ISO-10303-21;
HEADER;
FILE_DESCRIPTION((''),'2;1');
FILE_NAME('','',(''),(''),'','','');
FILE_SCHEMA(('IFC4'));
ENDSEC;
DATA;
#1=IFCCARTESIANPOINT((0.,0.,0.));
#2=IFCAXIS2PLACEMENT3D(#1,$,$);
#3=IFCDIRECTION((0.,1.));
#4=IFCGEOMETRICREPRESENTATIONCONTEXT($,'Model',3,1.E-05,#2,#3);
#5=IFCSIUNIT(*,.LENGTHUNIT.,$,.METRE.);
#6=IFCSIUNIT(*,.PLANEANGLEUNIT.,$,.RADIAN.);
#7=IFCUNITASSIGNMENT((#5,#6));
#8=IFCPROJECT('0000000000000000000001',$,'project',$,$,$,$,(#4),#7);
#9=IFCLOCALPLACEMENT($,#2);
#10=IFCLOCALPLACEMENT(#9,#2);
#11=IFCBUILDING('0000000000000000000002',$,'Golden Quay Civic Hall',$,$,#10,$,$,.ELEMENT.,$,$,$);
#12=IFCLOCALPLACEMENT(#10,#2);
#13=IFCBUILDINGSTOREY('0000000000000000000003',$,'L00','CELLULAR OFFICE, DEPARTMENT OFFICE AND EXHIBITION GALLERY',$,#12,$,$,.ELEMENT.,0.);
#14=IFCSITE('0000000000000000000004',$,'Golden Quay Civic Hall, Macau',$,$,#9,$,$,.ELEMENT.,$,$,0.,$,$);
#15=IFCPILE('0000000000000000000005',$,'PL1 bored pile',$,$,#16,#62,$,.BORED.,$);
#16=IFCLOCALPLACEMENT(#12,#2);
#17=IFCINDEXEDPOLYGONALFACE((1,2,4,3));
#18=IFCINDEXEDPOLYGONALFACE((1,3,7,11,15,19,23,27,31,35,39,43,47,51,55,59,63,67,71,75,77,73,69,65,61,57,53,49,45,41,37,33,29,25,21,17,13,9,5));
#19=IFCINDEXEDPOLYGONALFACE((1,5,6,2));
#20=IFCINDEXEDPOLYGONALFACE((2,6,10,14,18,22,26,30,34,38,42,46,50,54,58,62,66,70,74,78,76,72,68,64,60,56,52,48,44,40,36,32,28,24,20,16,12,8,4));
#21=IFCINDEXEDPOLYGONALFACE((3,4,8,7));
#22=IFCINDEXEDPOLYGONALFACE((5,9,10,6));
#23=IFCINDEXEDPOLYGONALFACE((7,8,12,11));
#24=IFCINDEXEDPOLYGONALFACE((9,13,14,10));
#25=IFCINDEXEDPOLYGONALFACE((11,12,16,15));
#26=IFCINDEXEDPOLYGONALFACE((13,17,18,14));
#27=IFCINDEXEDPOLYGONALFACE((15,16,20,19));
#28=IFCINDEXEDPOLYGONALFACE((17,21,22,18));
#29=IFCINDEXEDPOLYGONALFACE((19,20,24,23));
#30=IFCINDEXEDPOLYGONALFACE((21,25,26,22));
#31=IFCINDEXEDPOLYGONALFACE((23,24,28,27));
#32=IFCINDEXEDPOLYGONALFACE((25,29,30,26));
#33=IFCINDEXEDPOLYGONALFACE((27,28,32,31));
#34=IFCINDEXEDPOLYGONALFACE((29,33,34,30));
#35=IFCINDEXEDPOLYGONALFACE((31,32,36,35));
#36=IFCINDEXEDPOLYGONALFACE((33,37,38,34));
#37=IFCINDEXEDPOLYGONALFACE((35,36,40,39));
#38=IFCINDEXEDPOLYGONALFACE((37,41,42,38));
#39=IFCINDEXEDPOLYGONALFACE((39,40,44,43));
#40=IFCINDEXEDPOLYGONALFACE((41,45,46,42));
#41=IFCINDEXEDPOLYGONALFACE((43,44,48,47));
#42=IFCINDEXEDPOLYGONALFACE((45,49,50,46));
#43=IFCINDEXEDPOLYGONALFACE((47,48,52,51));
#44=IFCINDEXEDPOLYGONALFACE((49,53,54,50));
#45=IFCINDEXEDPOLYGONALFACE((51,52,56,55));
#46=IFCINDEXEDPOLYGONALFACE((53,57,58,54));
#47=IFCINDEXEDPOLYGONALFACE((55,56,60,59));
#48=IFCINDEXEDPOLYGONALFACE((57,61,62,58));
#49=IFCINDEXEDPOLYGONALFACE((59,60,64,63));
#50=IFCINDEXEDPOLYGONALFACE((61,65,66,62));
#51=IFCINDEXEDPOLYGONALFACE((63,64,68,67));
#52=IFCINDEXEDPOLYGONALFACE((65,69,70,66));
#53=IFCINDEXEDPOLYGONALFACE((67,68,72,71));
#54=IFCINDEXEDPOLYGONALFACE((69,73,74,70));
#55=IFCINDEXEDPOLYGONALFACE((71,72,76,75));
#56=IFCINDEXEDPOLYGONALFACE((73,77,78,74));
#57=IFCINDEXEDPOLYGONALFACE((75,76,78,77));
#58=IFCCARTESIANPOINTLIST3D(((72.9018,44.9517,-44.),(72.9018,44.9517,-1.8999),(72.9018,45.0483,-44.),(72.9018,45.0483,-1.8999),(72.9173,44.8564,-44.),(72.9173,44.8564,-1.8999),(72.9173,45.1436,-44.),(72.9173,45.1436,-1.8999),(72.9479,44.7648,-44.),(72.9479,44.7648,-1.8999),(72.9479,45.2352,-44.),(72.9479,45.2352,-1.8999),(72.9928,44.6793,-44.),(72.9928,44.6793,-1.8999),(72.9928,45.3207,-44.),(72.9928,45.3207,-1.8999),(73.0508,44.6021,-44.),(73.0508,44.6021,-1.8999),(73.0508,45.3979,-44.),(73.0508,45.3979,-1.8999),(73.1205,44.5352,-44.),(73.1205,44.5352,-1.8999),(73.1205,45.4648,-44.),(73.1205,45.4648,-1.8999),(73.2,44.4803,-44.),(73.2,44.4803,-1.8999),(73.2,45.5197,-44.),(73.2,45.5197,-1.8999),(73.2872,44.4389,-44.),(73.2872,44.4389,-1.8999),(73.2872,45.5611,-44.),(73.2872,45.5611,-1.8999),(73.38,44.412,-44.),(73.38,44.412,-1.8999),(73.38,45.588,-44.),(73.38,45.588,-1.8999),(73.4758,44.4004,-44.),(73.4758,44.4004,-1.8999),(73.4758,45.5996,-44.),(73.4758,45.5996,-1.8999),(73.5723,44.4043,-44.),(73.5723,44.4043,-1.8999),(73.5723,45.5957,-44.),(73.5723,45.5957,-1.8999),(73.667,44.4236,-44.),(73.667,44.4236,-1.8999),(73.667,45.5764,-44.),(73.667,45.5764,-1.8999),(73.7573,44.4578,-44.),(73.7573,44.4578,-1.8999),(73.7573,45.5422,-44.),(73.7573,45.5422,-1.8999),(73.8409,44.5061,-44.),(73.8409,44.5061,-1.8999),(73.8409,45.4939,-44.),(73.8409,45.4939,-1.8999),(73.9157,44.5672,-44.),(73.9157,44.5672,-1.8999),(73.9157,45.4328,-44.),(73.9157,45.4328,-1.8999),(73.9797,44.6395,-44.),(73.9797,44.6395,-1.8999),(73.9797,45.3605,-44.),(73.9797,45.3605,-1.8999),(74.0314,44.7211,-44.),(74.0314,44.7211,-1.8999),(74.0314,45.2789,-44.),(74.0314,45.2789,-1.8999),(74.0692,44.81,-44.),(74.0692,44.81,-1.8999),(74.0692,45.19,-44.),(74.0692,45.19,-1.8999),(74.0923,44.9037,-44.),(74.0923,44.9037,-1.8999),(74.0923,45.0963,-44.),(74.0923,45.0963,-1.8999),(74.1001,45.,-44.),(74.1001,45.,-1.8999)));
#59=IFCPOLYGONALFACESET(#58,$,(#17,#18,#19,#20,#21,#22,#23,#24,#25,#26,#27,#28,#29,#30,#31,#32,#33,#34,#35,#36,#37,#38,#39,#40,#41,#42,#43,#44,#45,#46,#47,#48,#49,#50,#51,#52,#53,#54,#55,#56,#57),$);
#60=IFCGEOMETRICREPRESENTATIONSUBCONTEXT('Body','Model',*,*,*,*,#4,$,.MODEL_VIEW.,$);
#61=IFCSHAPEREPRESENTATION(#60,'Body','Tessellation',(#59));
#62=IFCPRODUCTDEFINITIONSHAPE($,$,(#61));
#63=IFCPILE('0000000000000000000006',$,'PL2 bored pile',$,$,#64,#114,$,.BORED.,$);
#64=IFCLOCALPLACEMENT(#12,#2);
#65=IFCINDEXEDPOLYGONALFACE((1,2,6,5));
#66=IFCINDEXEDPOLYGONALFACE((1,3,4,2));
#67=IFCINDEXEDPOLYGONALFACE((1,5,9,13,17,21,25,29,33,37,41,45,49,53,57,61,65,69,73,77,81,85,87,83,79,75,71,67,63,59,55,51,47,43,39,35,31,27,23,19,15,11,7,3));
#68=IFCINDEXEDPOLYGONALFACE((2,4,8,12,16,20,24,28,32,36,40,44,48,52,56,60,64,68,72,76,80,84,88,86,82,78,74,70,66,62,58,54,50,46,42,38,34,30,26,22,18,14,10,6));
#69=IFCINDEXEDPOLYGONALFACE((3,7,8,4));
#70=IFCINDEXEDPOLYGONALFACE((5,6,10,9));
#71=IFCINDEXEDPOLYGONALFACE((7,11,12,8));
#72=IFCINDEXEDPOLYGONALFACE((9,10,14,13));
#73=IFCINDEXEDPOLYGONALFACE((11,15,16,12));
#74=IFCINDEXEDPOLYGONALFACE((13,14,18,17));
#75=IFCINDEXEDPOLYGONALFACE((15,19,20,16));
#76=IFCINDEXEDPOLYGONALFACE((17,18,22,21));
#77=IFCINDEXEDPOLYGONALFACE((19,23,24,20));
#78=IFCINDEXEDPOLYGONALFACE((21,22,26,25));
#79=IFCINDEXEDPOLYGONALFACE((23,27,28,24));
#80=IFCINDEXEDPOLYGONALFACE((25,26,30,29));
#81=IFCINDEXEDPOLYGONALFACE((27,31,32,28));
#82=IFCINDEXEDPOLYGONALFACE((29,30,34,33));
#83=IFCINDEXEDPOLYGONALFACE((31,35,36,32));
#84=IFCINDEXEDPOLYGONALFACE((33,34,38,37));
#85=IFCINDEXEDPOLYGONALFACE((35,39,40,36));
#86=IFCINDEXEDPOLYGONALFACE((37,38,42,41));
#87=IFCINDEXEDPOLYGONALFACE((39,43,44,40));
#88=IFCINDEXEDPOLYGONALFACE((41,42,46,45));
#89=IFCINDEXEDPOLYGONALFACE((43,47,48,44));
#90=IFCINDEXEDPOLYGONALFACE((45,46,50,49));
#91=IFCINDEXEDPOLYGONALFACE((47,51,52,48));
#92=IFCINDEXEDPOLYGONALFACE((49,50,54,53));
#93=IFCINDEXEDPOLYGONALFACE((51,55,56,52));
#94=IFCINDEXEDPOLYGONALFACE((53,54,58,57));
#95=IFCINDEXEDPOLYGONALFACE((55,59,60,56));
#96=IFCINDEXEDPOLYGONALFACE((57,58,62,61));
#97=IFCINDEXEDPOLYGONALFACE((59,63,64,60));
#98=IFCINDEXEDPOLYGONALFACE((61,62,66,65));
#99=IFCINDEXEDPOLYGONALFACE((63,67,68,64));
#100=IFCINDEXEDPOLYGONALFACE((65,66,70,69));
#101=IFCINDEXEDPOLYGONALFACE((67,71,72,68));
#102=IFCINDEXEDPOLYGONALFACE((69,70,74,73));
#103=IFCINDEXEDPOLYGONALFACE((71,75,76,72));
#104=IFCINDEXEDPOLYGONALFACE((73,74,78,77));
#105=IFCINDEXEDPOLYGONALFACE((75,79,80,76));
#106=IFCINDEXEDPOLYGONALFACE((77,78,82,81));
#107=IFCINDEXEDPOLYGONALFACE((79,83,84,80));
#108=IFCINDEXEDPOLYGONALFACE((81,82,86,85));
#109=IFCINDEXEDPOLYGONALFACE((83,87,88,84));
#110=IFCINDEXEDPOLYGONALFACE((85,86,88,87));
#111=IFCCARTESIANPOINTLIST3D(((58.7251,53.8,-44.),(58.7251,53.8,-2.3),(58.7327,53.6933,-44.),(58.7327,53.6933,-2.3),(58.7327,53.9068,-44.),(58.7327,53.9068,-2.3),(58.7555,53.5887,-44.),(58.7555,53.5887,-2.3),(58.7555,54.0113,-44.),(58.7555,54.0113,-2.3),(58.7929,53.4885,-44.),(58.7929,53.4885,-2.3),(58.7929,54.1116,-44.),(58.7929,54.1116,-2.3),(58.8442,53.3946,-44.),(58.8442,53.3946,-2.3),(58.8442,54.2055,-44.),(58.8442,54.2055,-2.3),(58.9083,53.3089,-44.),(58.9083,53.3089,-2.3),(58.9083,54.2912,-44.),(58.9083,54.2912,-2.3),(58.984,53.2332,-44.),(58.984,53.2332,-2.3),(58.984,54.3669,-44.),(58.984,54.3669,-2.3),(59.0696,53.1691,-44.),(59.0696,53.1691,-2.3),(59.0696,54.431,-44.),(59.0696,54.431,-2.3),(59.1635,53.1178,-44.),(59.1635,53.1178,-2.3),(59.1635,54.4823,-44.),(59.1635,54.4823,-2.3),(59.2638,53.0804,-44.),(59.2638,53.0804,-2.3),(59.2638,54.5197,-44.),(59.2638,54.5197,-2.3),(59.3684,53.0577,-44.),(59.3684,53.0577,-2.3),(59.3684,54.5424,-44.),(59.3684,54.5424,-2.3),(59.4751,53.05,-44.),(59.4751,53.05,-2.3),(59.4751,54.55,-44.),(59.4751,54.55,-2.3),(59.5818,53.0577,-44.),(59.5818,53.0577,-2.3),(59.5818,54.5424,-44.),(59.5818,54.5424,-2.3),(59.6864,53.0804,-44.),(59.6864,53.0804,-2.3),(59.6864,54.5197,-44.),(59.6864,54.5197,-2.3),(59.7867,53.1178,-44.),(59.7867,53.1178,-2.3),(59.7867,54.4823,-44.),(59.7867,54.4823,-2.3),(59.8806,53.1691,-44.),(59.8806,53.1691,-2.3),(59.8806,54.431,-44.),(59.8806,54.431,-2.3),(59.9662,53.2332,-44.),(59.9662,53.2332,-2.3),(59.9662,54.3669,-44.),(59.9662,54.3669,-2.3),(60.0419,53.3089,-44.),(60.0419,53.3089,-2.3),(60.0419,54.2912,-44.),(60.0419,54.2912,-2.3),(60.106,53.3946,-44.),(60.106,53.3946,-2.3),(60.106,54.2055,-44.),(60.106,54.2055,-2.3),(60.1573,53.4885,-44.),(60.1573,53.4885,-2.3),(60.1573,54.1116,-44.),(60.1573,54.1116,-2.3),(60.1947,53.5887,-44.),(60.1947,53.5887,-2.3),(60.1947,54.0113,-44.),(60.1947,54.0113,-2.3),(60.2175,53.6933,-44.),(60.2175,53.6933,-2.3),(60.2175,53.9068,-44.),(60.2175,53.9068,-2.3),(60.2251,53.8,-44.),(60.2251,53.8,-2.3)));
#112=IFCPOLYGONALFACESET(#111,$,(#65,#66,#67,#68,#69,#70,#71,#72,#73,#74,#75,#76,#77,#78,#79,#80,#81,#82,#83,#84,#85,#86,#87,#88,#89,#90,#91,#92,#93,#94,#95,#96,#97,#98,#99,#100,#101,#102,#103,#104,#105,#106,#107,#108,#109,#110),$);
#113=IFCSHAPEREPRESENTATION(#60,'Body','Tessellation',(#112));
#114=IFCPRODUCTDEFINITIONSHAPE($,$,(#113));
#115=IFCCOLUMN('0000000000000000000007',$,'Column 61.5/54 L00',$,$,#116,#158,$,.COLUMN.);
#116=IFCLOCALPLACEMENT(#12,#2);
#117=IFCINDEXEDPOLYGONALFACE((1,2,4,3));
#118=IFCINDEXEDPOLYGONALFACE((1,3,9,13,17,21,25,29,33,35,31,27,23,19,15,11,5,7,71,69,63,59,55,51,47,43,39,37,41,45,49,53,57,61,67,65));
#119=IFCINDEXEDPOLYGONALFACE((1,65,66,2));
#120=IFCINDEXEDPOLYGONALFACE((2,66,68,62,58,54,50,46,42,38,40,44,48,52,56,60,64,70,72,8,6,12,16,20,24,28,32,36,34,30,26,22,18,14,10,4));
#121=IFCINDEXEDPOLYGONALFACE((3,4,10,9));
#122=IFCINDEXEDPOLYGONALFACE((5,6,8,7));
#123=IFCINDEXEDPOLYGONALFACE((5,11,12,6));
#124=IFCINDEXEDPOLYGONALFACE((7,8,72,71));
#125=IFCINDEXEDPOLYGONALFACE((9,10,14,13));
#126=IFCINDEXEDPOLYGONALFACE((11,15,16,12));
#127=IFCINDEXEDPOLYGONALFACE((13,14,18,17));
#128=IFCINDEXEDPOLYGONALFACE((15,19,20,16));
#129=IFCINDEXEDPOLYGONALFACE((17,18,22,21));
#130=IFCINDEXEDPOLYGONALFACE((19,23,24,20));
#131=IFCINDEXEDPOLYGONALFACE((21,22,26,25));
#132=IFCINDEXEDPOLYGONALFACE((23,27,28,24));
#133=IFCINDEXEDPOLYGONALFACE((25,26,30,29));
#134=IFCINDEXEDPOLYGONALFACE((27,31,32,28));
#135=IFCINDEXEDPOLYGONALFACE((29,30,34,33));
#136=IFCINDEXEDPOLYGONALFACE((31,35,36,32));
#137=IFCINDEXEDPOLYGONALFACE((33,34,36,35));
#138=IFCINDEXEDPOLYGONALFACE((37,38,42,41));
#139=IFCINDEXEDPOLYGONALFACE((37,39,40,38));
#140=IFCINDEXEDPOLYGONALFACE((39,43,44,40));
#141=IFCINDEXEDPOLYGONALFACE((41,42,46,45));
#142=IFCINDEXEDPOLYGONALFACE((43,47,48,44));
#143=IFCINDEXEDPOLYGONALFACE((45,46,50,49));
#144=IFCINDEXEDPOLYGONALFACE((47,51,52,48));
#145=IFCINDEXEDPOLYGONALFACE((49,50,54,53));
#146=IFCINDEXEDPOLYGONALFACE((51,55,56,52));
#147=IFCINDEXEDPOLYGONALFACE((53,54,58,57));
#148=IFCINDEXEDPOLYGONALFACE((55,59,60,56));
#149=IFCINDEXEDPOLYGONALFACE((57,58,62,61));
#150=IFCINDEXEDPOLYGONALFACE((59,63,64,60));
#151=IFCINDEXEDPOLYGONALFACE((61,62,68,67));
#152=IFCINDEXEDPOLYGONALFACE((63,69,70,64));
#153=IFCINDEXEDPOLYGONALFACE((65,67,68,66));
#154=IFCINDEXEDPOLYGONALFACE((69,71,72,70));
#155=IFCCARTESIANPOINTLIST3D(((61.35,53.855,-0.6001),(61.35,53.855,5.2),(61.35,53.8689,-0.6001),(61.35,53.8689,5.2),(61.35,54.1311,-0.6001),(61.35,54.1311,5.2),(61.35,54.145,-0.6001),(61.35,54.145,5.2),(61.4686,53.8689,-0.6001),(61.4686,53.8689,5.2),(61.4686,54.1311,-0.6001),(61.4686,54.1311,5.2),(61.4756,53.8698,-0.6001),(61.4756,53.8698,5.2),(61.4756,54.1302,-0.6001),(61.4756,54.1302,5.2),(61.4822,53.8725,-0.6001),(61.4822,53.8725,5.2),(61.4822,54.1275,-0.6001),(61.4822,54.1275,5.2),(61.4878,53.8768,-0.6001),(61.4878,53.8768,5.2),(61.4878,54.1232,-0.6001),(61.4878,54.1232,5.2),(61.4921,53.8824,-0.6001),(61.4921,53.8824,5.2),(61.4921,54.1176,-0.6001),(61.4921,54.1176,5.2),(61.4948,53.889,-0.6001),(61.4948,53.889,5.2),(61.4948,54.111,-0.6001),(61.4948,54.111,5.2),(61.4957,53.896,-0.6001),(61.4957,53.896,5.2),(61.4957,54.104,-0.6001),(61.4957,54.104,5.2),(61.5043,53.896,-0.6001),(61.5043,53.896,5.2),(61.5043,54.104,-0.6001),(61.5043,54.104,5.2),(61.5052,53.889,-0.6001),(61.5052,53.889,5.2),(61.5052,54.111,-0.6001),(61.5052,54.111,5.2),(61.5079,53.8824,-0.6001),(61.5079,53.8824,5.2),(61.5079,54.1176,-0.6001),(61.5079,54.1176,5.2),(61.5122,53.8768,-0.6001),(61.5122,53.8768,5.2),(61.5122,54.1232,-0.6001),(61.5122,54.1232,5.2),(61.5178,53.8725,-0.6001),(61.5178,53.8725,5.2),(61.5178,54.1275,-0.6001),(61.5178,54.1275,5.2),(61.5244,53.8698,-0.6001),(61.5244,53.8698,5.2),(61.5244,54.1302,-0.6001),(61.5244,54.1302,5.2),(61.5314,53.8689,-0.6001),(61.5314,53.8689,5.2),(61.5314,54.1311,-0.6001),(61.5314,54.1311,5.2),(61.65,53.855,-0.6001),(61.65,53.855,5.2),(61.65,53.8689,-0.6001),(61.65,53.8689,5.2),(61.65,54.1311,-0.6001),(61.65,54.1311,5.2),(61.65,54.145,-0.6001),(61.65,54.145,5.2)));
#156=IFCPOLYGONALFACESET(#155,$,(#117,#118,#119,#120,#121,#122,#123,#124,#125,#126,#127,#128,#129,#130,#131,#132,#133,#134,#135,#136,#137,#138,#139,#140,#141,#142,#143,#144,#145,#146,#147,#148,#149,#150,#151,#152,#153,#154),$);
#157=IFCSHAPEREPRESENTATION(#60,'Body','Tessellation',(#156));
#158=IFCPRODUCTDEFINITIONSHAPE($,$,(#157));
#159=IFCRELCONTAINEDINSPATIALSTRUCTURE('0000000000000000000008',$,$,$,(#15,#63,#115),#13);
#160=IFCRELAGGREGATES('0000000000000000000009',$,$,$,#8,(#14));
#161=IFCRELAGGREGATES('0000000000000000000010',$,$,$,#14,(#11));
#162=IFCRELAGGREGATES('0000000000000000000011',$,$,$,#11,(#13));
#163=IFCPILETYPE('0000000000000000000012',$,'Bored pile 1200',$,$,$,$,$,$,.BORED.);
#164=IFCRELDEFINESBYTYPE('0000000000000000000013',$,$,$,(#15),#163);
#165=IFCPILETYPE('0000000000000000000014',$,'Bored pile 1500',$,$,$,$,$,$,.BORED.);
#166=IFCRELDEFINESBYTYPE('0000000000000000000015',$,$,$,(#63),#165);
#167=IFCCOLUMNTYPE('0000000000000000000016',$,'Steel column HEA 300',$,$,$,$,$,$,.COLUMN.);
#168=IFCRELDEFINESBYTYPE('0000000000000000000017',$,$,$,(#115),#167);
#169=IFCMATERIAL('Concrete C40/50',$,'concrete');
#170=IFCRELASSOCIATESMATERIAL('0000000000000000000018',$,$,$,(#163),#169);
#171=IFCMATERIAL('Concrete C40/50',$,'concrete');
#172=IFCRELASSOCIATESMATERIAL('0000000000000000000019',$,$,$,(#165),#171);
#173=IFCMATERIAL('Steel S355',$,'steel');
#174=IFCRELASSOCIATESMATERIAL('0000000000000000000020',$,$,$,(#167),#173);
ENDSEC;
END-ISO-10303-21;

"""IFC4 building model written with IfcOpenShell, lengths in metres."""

from ifc_helpers import new_model, si_unit, direction, frame, origin, origin_2d, place, context, subcontext, project, spatial, circle, i_section, extrude, material, material_profile, profile_set, type_object, element, save


model = new_model("IFC4")

# Units and contexts
model_context = context("Model", 3, precision=1e-05, world=origin(), true_north=direction((0.0, 1.0)))
body_context = subcontext(model_context, "Body", "Model", "MODEL_VIEW")
ifc_project = project(units=[si_unit("LENGTHUNIT", "METRE"), si_unit("PLANEANGLEUNIT", "RADIAN")], contexts=[model_context])

# Site, building, storey
site_placement = place(None, origin())
site = spatial("IfcSite", under=ifc_project, at=site_placement, Name="Golden Quay Civic Hall, Macau", CompositionType="ELEMENT", RefElevation=0.0)
building_placement = place(site_placement, origin())
building = spatial("IfcBuilding", under=site, at=building_placement, Name="Golden Quay Civic Hall", CompositionType="ELEMENT")
storey_placement = place(building_placement, origin())
storey = spatial("IfcBuildingStorey", under=building, at=storey_placement, Name="L00", Description="CELLULAR OFFICE, DEPARTMENT OFFICE AND EXHIBITION GALLERY", CompositionType="ELEMENT", Elevation=0.0)

# Piles
ifc_material_1 = material(Name="Concrete C40/50", Category="concrete")
ifc_material_profile_1 = material_profile(ifc_material_1, circle(Radius=0.6001, at=origin_2d()), Name="RC D1200")
ifc_profile_set_1 = profile_set([ifc_material_profile_1], Name="Concrete C40/50")
pile_type_1 = type_object("IfcPileType", Name="Bored pile 1200", PredefinedType="BORED", material=ifc_profile_set_1)
for number, where, z_axis, x_axis, name in (
    (1, (73.5, 45.0, -1.8999), (0.0, 0.0, -1.0), (1.0, 0.0, 0.0), "PL1 bored pile"),
):
    element("IfcPile", number, at=place(storey_placement, frame(where, z_axis=z_axis, x_axis=x_axis)), inside=storey, type_object=pile_type_1, Name=name, PredefinedType="BORED", context=body_context, shape_type="SweptSolid", body=[
        extrude(circle(Radius=0.6001, at=origin_2d()), origin(), (0.0, 0.0, 1.0), 42.1001),
    ])
ifc_material_2 = material(Name="Concrete C40/50", Category="concrete")
ifc_material_profile_2 = material_profile(ifc_material_2, circle(Radius=0.75, at=origin_2d()), Name="RC D1500")
ifc_profile_set_2 = profile_set([ifc_material_profile_2], Name="Concrete C40/50")
pile_type_2 = type_object("IfcPileType", Name="Bored pile 1500", PredefinedType="BORED", material=ifc_profile_set_2)
pile_placement = place(storey_placement, frame((59.4751, 53.8, -2.3), z_axis=(0.0, 0.0, -1.0), x_axis=(1.0, 0.0, 0.0)))
element("IfcPile", 2, at=pile_placement, inside=storey, type_object=pile_type_2, Name="PL2 bored pile", PredefinedType="BORED", context=body_context, shape_type="SweptSolid", body=[
    extrude(circle(Radius=0.75, at=origin_2d()), origin(), (0.0, 0.0, 1.0), 41.7),
])

# Column
ifc_material_3 = material(Name="Steel S355", Category="steel")
ifc_material_profile_3 = material_profile(ifc_material_3, i_section(OverallWidth=0.3, OverallDepth=0.29, WebThickness=0.0085, FlangeThickness=0.0139, FilletRadius=0.0271, at=origin_2d()), Name="HEA 300")
ifc_profile_set_3 = profile_set([ifc_material_profile_3], Name="Steel S355")
column_type_1 = type_object("IfcColumnType", Name="Steel column HEA 300", PredefinedType="COLUMN", material=ifc_profile_set_3)
for number, where, z_axis, x_axis, name in (
    (3, (61.5, 54.0, -0.6001), (0.0, 0.0, 1.0), (1.0, 0.0, 0.0), "Column 61.5/54 L00"),
):
    element("IfcColumn", number, at=place(storey_placement, frame(where, z_axis=z_axis, x_axis=x_axis)), inside=storey, type_object=column_type_1, Name=name, PredefinedType="COLUMN", context=body_context, shape_type="SweptSolid", body=[
        extrude(i_section(OverallWidth=0.3, OverallDepth=0.29, WebThickness=0.0085, FlangeThickness=0.0139, FilletRadius=0.0271, at=origin_2d()), origin(), (0.0, 0.0, 1.0), 5.8),
    ])

save(model, "model.ifc")
